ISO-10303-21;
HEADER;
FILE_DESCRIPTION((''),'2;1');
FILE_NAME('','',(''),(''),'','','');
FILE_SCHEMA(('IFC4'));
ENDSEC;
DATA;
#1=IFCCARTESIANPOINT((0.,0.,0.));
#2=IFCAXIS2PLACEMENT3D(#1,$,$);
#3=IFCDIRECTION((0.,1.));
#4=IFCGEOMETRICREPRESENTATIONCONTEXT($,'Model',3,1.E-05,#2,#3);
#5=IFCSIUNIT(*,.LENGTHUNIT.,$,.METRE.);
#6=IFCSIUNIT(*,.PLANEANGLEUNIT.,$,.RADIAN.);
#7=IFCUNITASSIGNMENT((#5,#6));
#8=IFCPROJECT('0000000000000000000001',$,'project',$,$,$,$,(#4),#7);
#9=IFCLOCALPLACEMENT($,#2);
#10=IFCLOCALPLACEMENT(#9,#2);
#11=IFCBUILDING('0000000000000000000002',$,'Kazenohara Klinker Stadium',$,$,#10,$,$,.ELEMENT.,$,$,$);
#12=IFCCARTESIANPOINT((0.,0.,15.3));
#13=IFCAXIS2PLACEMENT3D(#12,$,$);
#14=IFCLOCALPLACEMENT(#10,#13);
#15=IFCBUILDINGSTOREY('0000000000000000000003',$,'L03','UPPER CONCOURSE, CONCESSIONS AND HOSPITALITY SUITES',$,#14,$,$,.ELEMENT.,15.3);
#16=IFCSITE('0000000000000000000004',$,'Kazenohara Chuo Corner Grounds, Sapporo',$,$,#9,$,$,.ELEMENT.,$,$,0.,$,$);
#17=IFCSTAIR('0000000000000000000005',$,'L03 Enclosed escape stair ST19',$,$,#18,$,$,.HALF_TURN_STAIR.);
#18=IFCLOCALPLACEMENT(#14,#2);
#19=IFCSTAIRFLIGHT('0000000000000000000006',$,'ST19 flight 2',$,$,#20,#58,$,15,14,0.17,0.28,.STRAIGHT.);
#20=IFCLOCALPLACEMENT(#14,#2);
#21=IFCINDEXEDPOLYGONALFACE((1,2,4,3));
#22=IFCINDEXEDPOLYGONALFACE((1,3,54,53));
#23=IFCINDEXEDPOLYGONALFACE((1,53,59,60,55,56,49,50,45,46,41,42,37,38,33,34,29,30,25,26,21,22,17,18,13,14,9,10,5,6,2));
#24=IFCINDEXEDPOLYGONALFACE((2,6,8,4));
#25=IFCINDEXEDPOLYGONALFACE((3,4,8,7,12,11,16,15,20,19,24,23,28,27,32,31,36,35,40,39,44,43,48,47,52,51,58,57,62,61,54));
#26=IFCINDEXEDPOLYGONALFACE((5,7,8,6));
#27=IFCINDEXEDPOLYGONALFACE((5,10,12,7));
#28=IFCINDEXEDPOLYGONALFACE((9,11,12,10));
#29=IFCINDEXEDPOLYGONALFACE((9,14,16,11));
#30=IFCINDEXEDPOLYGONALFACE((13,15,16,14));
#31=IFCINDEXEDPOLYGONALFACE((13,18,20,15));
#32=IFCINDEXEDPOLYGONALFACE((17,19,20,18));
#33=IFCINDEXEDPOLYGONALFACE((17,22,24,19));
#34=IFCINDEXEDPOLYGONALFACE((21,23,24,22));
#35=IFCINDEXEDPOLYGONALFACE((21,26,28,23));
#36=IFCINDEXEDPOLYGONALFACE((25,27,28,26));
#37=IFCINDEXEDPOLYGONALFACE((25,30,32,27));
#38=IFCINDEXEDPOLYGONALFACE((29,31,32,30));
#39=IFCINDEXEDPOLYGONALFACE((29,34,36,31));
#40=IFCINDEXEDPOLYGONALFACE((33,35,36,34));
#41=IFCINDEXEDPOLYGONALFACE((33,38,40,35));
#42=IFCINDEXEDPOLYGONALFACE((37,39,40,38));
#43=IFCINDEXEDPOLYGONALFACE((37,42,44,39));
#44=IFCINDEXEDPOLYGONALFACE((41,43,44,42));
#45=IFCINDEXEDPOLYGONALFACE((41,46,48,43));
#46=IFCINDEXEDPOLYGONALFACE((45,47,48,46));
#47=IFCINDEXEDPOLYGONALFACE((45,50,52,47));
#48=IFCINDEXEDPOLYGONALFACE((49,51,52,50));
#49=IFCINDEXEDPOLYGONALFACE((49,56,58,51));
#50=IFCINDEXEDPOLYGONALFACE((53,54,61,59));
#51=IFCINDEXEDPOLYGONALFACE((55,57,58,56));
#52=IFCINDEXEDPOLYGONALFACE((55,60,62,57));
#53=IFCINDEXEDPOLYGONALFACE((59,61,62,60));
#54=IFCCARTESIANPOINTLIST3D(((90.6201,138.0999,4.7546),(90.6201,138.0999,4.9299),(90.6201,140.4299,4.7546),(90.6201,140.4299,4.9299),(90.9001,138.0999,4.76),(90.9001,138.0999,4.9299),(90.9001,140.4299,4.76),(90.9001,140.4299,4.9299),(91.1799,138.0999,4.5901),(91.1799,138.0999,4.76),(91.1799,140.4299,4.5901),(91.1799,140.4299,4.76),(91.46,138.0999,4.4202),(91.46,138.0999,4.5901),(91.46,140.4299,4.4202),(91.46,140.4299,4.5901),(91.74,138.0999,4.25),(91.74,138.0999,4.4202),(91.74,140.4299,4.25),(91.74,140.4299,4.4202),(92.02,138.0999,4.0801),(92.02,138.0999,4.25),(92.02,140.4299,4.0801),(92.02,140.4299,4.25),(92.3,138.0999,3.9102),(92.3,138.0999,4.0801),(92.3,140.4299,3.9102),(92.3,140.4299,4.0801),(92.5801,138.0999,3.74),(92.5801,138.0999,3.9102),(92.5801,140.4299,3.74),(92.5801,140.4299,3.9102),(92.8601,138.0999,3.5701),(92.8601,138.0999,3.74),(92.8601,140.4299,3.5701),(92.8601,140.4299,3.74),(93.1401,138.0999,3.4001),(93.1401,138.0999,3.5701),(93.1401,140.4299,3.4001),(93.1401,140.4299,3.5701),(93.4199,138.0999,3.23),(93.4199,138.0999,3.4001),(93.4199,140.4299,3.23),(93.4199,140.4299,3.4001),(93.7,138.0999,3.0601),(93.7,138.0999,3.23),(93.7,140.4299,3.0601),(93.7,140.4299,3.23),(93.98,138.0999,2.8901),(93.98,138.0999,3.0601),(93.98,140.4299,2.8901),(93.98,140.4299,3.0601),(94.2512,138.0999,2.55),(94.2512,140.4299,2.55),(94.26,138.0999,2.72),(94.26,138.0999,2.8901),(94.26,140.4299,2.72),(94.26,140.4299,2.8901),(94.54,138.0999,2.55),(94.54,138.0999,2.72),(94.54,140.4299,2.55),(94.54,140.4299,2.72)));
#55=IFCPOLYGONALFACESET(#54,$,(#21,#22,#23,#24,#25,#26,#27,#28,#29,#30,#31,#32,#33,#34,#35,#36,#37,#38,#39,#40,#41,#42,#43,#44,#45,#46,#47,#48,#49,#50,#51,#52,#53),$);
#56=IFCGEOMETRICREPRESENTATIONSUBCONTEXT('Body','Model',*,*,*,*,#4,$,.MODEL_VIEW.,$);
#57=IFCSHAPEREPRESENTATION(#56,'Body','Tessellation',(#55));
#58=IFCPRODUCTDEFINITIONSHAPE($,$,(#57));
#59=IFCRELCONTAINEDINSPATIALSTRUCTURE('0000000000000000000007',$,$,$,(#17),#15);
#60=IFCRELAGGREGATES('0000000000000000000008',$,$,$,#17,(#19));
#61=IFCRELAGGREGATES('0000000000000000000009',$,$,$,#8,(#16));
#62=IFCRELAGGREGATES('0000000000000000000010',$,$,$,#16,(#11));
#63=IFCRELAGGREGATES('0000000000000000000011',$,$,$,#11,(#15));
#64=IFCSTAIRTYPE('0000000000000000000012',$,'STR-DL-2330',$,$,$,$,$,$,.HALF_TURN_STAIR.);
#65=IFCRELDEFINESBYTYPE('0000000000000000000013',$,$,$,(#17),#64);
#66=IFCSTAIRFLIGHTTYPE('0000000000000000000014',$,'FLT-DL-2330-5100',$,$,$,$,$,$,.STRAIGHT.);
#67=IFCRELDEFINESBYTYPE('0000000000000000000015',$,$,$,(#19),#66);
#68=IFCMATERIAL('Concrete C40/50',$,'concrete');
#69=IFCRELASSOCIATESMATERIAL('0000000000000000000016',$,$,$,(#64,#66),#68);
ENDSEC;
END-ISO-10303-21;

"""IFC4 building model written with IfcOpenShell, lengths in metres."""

from ifc_helpers import new_model, si_unit, direction, frame, origin, place, context, subcontext, project, spatial, polyline, outline, extrude, material, type_object, element, aggregate, save


model = new_model("IFC4")

# Units and contexts
model_context = context("Model", 3, precision=1e-05, world=origin(), true_north=direction((0.0, 1.0)))
body_context = subcontext(model_context, "Body", "Model", "MODEL_VIEW")
ifc_project = project(units=[si_unit("LENGTHUNIT", "METRE"), si_unit("PLANEANGLEUNIT", "RADIAN")], contexts=[model_context])

# Site, building, storey
site_placement = place(None, origin())
site = spatial("IfcSite", under=ifc_project, at=site_placement, Name="Kazenohara Chuo Corner Grounds, Sapporo", CompositionType="ELEMENT", RefElevation=0.0)
building_placement = place(site_placement, origin())
building = spatial("IfcBuilding", under=site, at=building_placement, Name="Kazenohara Klinker Stadium", CompositionType="ELEMENT")
storey_placement = place(building_placement, frame((0.0, 0.0, 15.3)))
storey = spatial("IfcBuildingStorey", under=building, at=storey_placement, Name="L03", Description="UPPER CONCOURSE, CONCESSIONS AND HOSPITALITY SUITES", CompositionType="ELEMENT", Elevation=15.3)

# Shared definitions
ifc_material_1 = material(Name="Concrete C40/50", Category="concrete")

# Stair, stair flight
stair_type = type_object("IfcStairType", Name="STR-DL-2330", PredefinedType="HALF_TURN_STAIR", material=ifc_material_1)
stair_placement = place(storey_placement, origin())
stair = element("IfcStair", 1, at=stair_placement, inside=storey, type_object=stair_type, Name="L03 Enclosed escape stair ST19", PredefinedType="HALF_TURN_STAIR")
stair_flight_type = type_object("IfcStairFlightType", Name="FLT-DL-2330-5100", PredefinedType="STRAIGHT", material=ifc_material_1)
stair_flight_1_placement = place(storey_placement, frame((94.54, 139.2649, 2.55), z_axis=(0.0, 0.0, 1.0), x_axis=(-1.0, 0.0, 0.0)))
stair_flight_1 = element("IfcStairFlight", 2, at=stair_flight_1_placement, type_object=stair_flight_type, Name="ST19 flight 2", NumberOfRisers=15, NumberOfTreads=14, PredefinedType="STRAIGHT", RiserHeight=0.17, TreadLength=0.28, context=body_context, shape_type="SweptSolid", body=[
    extrude(outline(polyline([(0.0, 0.0), (0.0, 0.1699), (0.28, 0.1699), (0.28, 0.3401), (0.5601, 0.3401), (0.5601, 0.51), (0.8401, 0.51), (0.8401, 0.6799), (1.1201, 0.6799), (1.1201, 0.8501), (1.3999, 0.8501), (1.3999, 1.02), (1.6799, 1.02), (1.6799, 1.1899), (1.96, 1.1899), (1.96, 1.3601), (2.24, 1.3601), (2.24, 1.53), (2.52, 1.53), (2.52, 1.7), (2.8, 1.7), (2.8, 1.8701), (3.0801, 1.8701), (3.0801, 2.04), (3.3601, 2.04), (3.3601, 2.21), (3.6399, 2.21), (3.6399, 2.3799), (3.9199, 2.3799), (3.9199, 2.55), (3.9199, 2.2046), (0.2888, 0.0), (0.0, 0.0)])), frame((0.0, 1.165, 0.0), z_axis=(0.0, -1.0, 0.0), x_axis=(1.0, 0.0, 0.0)), (0.0, 0.0, 1.0), 2.3301),
])
aggregate(stair, [stair_flight_1])

save(model, "model.ifc")
